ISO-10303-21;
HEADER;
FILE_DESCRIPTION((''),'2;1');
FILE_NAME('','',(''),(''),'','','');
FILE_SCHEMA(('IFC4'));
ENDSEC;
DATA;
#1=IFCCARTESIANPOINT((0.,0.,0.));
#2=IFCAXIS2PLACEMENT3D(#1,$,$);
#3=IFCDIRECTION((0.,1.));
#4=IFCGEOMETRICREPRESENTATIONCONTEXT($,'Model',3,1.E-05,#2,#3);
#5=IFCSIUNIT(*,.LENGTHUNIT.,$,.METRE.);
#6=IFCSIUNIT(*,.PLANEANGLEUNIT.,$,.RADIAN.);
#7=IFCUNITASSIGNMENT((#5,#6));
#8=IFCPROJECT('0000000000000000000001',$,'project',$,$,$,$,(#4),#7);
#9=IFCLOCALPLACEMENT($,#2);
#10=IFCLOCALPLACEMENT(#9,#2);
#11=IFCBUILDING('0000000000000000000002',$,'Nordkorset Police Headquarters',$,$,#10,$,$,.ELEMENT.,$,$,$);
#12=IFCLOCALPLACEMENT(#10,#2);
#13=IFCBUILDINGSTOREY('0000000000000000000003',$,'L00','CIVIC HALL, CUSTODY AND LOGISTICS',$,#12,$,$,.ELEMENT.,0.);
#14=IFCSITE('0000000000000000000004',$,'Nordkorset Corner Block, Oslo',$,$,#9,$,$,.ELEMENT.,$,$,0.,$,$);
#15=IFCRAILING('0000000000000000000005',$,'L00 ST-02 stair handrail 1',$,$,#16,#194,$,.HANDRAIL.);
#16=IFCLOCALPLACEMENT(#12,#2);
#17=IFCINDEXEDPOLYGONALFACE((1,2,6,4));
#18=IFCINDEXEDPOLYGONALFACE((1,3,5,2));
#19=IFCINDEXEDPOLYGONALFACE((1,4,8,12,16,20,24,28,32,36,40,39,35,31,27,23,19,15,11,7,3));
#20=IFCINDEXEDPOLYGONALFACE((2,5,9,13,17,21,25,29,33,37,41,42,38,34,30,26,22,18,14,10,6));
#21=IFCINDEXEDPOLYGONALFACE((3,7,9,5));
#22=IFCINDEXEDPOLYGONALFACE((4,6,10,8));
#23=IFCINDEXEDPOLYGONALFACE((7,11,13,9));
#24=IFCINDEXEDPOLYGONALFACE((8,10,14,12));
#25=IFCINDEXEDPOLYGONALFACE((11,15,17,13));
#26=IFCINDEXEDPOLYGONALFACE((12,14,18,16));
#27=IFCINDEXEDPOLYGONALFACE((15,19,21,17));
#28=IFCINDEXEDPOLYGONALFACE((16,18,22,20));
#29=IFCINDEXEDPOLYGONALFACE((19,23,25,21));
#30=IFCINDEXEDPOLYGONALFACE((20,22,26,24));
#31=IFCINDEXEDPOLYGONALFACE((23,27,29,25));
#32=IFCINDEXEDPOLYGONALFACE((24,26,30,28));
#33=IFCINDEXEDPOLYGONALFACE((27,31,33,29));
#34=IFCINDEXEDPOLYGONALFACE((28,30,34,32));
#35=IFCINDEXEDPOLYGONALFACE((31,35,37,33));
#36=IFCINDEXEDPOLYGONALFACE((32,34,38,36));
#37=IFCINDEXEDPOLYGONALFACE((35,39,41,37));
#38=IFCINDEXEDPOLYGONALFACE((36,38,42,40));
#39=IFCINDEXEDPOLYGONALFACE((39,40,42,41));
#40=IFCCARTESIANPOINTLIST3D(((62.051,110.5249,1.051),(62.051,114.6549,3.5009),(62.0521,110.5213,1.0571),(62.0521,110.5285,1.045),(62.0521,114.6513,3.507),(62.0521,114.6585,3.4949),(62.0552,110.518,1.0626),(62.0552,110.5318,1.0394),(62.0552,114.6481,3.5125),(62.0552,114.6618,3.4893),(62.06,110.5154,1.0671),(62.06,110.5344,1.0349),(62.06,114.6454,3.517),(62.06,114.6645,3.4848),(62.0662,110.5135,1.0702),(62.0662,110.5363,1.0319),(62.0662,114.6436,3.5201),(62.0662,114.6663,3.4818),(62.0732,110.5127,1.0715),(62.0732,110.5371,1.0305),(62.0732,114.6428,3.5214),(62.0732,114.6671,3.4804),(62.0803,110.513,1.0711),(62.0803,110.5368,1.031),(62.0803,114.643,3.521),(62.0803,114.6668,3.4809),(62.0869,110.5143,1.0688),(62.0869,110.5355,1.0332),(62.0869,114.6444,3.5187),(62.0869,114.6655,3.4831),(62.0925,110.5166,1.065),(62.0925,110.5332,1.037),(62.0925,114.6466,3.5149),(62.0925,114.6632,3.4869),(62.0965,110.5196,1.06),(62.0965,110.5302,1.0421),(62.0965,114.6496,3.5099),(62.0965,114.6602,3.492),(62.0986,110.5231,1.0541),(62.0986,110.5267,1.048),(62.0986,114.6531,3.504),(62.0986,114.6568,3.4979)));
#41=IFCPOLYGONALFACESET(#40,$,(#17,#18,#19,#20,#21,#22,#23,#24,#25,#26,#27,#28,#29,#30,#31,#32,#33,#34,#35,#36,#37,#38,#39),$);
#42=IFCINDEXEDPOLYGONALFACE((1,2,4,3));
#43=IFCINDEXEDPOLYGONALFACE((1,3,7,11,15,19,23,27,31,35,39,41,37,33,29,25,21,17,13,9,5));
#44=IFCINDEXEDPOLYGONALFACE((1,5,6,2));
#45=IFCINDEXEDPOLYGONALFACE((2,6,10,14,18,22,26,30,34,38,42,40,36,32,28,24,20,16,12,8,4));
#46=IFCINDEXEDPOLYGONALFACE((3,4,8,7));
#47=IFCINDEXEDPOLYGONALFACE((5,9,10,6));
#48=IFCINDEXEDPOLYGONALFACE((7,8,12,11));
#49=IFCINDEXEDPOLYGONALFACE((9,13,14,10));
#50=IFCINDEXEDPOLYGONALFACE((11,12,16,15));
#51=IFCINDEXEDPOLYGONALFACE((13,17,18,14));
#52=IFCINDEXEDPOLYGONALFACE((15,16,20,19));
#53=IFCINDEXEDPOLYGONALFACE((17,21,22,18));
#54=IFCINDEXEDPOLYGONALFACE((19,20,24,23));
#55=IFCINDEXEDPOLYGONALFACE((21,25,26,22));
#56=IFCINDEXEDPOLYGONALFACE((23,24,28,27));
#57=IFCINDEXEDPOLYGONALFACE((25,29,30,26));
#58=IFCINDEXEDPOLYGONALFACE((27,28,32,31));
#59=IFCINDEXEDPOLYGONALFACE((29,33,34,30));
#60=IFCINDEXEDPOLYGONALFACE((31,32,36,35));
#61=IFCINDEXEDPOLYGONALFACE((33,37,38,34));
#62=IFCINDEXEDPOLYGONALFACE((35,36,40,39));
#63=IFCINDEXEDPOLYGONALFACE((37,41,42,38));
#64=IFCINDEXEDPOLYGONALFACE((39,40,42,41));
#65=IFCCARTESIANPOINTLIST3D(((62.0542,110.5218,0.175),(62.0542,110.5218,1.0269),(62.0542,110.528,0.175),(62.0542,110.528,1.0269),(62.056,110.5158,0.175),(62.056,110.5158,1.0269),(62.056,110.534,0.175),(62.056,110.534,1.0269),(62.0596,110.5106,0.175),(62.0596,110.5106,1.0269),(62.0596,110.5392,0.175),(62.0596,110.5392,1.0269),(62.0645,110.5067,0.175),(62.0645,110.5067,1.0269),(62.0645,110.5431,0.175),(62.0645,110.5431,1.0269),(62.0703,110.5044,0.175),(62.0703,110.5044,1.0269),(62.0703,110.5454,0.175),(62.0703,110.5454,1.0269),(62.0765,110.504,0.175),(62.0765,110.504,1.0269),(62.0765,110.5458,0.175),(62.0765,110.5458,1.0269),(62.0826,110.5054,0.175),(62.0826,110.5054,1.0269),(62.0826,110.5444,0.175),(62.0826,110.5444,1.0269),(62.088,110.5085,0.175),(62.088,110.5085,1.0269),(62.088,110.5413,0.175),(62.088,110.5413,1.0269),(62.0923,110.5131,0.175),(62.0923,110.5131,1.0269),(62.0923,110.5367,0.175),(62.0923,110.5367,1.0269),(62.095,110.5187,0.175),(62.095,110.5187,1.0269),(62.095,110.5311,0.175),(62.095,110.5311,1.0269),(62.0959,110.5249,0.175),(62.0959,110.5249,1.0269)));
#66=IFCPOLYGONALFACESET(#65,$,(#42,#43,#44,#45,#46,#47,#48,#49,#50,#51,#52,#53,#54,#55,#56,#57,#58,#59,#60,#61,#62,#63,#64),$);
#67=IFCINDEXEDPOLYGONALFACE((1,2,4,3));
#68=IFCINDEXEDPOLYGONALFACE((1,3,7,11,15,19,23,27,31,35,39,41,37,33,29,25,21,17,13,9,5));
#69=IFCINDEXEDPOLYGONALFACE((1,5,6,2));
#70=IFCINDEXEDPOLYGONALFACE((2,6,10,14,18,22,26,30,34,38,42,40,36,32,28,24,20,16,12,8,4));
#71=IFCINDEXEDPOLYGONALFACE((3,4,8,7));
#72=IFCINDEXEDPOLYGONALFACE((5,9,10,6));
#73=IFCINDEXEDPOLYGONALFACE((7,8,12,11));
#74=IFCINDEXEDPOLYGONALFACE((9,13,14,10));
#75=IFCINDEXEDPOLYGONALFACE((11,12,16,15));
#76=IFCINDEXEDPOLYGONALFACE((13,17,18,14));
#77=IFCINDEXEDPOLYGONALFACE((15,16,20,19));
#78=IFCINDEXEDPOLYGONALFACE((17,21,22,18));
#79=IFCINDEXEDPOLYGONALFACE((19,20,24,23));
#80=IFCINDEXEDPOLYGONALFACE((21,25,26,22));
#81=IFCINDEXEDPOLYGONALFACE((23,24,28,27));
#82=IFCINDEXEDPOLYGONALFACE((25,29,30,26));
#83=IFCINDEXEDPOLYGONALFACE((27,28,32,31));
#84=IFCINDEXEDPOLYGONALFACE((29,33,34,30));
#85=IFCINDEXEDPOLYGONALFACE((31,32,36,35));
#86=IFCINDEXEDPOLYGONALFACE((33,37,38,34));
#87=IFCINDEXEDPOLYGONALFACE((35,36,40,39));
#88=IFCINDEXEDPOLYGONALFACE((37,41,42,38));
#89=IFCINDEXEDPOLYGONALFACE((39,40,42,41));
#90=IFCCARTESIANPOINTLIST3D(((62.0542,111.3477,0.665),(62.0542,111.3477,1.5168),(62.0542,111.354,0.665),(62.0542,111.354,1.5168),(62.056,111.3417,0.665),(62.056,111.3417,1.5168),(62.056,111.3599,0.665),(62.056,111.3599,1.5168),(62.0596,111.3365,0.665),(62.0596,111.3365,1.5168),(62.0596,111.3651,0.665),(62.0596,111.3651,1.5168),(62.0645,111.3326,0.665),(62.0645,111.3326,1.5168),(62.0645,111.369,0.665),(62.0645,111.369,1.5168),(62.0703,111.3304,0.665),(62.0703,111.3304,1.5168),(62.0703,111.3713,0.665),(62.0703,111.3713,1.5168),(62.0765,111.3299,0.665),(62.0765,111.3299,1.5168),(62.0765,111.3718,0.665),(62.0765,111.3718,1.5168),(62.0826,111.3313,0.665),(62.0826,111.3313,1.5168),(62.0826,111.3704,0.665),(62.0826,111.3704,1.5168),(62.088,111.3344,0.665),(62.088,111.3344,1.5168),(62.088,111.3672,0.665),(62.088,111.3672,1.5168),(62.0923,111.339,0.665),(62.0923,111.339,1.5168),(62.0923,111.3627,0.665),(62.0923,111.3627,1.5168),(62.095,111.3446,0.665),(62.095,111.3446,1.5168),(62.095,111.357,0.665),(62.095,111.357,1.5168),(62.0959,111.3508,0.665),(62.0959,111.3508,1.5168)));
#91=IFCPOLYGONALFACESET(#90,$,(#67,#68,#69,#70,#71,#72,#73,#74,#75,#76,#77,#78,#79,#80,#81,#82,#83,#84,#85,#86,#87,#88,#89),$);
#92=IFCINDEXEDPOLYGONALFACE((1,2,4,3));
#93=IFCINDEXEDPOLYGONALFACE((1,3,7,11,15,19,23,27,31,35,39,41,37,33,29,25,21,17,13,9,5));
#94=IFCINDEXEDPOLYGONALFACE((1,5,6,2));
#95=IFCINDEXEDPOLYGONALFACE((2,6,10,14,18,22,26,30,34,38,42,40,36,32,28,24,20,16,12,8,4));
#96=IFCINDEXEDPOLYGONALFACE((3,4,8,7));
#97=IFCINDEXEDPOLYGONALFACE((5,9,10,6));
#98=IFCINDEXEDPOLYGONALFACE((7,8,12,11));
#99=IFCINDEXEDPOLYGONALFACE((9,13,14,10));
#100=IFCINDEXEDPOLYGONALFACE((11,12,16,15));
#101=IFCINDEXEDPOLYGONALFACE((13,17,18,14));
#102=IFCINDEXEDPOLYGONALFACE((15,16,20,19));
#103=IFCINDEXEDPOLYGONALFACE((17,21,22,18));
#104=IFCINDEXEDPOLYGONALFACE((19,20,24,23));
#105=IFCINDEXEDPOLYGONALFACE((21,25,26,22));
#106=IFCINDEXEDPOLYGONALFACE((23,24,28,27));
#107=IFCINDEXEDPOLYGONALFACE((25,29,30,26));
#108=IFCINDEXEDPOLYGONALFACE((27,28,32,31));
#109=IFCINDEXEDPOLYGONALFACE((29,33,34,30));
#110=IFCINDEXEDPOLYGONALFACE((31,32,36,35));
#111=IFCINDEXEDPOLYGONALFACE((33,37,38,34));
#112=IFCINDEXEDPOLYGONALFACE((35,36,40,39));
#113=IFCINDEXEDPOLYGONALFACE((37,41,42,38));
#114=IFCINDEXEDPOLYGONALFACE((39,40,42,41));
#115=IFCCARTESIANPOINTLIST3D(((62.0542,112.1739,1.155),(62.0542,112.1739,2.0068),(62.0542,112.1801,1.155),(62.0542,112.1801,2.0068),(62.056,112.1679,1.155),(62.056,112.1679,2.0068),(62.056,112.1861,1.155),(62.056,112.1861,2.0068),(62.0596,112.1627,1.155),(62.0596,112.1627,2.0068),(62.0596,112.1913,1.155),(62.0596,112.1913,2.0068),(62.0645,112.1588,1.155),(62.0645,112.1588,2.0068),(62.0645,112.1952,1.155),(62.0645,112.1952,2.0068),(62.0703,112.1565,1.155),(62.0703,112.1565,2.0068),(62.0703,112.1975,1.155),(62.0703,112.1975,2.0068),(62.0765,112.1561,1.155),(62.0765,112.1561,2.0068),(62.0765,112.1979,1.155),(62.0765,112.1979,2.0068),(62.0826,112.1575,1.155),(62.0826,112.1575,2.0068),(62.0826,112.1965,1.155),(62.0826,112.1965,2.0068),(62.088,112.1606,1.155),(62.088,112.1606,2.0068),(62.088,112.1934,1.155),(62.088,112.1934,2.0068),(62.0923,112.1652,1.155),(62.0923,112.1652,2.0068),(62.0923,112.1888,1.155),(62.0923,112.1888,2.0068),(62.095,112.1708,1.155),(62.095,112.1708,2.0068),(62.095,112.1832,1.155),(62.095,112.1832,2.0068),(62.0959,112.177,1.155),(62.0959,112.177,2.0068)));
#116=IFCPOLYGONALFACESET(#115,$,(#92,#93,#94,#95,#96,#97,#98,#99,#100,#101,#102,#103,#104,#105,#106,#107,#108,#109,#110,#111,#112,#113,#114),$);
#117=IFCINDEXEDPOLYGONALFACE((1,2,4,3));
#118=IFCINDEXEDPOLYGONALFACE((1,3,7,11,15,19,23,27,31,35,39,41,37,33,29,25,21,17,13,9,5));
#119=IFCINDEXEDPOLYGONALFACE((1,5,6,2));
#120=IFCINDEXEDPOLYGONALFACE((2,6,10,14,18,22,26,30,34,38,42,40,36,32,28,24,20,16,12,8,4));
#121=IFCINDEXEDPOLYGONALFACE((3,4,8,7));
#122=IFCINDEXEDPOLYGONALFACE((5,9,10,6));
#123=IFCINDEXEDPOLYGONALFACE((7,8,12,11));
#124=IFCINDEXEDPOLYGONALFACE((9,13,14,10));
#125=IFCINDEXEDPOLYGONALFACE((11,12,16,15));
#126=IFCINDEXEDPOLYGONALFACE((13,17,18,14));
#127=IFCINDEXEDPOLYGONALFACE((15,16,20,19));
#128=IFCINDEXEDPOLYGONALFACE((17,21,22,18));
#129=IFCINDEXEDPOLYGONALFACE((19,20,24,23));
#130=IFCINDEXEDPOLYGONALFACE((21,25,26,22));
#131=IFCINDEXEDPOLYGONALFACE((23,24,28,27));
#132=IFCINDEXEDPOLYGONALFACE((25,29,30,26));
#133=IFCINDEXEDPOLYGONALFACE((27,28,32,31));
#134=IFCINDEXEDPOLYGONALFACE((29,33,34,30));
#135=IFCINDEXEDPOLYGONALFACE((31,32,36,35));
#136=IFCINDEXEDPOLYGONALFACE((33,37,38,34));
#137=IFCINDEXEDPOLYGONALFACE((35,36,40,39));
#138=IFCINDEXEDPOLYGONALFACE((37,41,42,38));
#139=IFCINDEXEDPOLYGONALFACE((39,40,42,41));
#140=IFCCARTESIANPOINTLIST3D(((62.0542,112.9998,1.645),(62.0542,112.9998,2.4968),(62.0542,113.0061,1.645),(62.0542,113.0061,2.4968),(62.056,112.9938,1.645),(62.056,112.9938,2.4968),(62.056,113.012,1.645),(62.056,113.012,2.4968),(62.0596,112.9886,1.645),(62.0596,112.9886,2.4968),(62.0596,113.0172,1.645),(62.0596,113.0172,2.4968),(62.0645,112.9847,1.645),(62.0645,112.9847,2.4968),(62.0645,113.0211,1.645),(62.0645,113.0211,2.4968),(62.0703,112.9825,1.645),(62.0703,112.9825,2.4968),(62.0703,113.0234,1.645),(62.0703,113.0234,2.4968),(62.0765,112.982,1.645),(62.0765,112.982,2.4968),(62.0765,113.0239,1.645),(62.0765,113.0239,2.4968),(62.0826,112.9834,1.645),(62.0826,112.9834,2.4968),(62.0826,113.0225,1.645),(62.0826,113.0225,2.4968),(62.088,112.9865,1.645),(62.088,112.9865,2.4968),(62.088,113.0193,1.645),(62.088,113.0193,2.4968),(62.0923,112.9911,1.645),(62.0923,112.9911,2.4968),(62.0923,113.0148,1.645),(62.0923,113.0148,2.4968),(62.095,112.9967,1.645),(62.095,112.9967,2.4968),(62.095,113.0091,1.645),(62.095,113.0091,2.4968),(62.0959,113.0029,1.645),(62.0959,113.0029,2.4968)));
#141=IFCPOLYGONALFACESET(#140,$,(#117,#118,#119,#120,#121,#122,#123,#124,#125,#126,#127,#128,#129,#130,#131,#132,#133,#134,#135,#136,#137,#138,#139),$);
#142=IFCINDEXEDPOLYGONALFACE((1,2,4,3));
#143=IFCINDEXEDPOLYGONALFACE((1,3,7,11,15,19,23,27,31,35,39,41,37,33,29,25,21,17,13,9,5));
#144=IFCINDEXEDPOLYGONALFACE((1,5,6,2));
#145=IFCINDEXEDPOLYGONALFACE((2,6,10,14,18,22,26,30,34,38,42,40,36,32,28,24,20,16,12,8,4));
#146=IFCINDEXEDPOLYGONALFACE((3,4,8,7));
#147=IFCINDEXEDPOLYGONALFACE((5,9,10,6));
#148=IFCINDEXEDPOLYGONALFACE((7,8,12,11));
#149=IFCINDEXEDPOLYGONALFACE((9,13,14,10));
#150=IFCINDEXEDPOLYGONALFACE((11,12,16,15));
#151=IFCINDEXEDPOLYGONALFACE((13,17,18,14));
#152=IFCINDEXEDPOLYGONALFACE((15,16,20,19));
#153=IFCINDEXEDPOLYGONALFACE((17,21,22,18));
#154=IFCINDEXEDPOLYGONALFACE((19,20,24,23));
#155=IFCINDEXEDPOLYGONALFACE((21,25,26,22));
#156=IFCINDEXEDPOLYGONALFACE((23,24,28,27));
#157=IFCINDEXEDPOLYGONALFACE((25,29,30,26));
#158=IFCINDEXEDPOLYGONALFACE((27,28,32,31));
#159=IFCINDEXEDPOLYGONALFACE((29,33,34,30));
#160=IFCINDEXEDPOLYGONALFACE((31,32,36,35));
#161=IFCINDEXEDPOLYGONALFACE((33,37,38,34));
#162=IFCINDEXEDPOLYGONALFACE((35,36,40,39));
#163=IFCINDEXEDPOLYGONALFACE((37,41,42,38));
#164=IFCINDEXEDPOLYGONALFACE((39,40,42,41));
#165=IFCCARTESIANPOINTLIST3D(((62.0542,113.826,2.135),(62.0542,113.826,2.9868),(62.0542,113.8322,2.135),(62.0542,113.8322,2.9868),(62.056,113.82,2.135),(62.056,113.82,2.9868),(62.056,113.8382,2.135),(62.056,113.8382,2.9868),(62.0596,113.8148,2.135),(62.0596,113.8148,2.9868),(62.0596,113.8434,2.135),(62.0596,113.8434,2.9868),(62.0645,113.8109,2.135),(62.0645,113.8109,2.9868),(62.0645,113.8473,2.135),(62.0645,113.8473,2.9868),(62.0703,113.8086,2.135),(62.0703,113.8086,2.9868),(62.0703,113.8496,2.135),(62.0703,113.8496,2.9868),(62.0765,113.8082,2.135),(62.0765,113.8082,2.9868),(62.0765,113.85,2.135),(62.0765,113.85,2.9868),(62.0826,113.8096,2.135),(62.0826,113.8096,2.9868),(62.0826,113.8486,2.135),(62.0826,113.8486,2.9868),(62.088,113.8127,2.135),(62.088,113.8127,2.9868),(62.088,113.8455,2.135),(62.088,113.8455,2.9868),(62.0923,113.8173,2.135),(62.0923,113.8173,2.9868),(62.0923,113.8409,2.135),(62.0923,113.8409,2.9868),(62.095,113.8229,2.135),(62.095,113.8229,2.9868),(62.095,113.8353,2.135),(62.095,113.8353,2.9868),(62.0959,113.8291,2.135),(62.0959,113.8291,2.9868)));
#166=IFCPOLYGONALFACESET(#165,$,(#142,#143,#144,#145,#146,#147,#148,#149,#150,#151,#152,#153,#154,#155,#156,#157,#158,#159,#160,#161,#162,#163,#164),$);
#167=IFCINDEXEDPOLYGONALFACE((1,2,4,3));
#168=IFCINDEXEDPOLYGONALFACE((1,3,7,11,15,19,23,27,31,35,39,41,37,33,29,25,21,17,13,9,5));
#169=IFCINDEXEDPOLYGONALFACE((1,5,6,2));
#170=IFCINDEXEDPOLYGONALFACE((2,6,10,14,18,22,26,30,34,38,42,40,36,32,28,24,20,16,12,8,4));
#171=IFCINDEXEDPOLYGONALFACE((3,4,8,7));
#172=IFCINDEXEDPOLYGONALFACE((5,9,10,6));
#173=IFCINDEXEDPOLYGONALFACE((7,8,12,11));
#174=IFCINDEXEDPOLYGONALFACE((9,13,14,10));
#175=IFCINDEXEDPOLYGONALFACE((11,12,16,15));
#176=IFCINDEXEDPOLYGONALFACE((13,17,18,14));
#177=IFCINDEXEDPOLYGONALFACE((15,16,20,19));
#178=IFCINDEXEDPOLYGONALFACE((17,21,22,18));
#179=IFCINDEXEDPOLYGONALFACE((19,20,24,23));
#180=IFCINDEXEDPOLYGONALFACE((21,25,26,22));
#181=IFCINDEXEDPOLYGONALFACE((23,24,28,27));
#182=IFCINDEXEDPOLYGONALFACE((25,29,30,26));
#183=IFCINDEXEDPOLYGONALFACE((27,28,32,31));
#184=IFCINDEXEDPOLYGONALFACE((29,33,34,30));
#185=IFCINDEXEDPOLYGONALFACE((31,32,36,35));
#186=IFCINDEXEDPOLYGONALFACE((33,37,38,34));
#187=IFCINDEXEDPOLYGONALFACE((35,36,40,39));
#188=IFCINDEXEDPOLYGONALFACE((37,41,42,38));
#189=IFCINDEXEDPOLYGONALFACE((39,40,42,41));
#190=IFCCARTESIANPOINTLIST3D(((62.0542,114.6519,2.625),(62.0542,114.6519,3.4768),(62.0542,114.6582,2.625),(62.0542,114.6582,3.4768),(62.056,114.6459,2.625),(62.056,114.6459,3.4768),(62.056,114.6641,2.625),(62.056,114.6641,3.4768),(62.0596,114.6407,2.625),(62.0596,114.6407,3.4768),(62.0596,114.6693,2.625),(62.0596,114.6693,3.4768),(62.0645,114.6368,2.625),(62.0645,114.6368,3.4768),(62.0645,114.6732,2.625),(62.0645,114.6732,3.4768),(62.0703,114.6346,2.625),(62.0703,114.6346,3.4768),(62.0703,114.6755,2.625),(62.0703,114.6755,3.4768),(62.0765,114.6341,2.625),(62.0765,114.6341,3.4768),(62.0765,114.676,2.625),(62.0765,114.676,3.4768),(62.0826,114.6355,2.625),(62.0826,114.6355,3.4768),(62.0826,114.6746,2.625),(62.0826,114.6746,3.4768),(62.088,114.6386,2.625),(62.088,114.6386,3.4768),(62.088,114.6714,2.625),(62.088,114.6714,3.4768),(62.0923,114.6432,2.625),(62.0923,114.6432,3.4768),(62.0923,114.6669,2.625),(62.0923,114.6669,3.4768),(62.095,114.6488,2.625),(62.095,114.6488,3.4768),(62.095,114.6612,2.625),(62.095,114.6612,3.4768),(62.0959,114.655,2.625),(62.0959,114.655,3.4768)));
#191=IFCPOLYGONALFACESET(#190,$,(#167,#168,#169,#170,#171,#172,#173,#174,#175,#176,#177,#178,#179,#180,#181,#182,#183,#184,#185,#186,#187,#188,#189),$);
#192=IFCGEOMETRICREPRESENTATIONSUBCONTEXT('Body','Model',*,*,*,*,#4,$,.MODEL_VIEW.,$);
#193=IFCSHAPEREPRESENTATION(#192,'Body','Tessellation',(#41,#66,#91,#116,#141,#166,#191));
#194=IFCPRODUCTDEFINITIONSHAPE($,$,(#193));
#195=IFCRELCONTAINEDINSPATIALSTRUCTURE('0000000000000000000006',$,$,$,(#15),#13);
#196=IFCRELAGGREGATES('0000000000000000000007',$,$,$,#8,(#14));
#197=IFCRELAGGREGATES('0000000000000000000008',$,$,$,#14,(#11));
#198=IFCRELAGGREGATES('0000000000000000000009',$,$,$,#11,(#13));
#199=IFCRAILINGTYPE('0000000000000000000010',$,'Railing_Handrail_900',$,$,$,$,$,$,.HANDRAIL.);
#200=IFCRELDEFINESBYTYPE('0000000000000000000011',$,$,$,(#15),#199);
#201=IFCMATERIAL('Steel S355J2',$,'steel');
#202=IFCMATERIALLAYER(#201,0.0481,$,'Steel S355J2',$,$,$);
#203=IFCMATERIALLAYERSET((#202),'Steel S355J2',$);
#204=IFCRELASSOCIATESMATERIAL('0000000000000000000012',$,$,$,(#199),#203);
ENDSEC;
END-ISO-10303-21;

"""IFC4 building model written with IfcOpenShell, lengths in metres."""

from ifc_helpers import new_model, si_unit, direction, frame, origin, origin_2d, place, context, subcontext, project, spatial, circle, extrude, material, layer, layer_set, type_object, element, save


model = new_model("IFC4")

# Units and contexts
model_context = context("Model", 3, precision=1e-05, world=origin(), true_north=direction((0.0, 1.0)))
body_context = subcontext(model_context, "Body", "Model", "MODEL_VIEW")
ifc_project = project(units=[si_unit("LENGTHUNIT", "METRE"), si_unit("PLANEANGLEUNIT", "RADIAN")], contexts=[model_context])

# Site, building, storey
site_placement = place(None, origin())
site = spatial("IfcSite", under=ifc_project, at=site_placement, Name="Nordkorset Corner Block, Oslo", CompositionType="ELEMENT", RefElevation=0.0)
building_placement = place(site_placement, origin())
building = spatial("IfcBuilding", under=site, at=building_placement, Name="Nordkorset Police Headquarters", CompositionType="ELEMENT")
storey_placement = place(building_placement, origin())
storey = spatial("IfcBuildingStorey", under=building, at=storey_placement, Name="L00", Description="CIVIC HALL, CUSTODY AND LOGISTICS", CompositionType="ELEMENT", Elevation=0.0)

# Railing
ifc_material_1 = material(Name="Steel S355J2", Category="steel")
ifc_layer_1 = layer(ifc_material_1, 0.0481, Name="Steel S355J2")
ifc_layer_set_1 = layer_set([ifc_layer_1], Name="Steel S355J2")
railing_type = type_object("IfcRailingType", Name="Railing_Handrail_900", PredefinedType="HANDRAIL", material=ifc_layer_set_1)
railing_placement = place(storey_placement, frame((62.075, 110.5249, 0.175)))
element("IfcRailing", 1, at=railing_placement, inside=storey, type_object=railing_type, Name="L00 ST-02 stair handrail 1", PredefinedType="HANDRAIL", context=body_context, shape_type="SweptSolid", body=[
    extrude(circle(Radius=0.0239, at=origin_2d()), frame((0.0, 0.0, 0.876), z_axis=(0.0, 0.860066, 0.510183), x_axis=(-1.0, 0.0, 0.0)), (0.0, 0.0, 1.0), 4.802),
    extrude(circle(Radius=0.021, at=origin_2d()), origin(), (0.0, 0.0, 1.0), 0.8518),
    extrude(circle(Radius=0.021, at=origin_2d()), frame((0.0, 0.8259, 0.49)), (0.0, 0.0, 1.0), 0.8518),
    extrude(circle(Radius=0.021, at=origin_2d()), frame((0.0, 1.6521, 0.98)), (0.0, 0.0, 1.0), 0.8518),
    extrude(circle(Radius=0.021, at=origin_2d()), frame((0.0, 2.478, 1.47)), (0.0, 0.0, 1.0), 0.8518),
    extrude(circle(Radius=0.021, at=origin_2d()), frame((0.0, 3.3042, 1.96)), (0.0, 0.0, 1.0), 0.8518),
    extrude(circle(Radius=0.021, at=origin_2d()), frame((0.0, 4.1301, 2.45)), (0.0, 0.0, 1.0), 0.8518),
])

save(model, "model.ifc")
